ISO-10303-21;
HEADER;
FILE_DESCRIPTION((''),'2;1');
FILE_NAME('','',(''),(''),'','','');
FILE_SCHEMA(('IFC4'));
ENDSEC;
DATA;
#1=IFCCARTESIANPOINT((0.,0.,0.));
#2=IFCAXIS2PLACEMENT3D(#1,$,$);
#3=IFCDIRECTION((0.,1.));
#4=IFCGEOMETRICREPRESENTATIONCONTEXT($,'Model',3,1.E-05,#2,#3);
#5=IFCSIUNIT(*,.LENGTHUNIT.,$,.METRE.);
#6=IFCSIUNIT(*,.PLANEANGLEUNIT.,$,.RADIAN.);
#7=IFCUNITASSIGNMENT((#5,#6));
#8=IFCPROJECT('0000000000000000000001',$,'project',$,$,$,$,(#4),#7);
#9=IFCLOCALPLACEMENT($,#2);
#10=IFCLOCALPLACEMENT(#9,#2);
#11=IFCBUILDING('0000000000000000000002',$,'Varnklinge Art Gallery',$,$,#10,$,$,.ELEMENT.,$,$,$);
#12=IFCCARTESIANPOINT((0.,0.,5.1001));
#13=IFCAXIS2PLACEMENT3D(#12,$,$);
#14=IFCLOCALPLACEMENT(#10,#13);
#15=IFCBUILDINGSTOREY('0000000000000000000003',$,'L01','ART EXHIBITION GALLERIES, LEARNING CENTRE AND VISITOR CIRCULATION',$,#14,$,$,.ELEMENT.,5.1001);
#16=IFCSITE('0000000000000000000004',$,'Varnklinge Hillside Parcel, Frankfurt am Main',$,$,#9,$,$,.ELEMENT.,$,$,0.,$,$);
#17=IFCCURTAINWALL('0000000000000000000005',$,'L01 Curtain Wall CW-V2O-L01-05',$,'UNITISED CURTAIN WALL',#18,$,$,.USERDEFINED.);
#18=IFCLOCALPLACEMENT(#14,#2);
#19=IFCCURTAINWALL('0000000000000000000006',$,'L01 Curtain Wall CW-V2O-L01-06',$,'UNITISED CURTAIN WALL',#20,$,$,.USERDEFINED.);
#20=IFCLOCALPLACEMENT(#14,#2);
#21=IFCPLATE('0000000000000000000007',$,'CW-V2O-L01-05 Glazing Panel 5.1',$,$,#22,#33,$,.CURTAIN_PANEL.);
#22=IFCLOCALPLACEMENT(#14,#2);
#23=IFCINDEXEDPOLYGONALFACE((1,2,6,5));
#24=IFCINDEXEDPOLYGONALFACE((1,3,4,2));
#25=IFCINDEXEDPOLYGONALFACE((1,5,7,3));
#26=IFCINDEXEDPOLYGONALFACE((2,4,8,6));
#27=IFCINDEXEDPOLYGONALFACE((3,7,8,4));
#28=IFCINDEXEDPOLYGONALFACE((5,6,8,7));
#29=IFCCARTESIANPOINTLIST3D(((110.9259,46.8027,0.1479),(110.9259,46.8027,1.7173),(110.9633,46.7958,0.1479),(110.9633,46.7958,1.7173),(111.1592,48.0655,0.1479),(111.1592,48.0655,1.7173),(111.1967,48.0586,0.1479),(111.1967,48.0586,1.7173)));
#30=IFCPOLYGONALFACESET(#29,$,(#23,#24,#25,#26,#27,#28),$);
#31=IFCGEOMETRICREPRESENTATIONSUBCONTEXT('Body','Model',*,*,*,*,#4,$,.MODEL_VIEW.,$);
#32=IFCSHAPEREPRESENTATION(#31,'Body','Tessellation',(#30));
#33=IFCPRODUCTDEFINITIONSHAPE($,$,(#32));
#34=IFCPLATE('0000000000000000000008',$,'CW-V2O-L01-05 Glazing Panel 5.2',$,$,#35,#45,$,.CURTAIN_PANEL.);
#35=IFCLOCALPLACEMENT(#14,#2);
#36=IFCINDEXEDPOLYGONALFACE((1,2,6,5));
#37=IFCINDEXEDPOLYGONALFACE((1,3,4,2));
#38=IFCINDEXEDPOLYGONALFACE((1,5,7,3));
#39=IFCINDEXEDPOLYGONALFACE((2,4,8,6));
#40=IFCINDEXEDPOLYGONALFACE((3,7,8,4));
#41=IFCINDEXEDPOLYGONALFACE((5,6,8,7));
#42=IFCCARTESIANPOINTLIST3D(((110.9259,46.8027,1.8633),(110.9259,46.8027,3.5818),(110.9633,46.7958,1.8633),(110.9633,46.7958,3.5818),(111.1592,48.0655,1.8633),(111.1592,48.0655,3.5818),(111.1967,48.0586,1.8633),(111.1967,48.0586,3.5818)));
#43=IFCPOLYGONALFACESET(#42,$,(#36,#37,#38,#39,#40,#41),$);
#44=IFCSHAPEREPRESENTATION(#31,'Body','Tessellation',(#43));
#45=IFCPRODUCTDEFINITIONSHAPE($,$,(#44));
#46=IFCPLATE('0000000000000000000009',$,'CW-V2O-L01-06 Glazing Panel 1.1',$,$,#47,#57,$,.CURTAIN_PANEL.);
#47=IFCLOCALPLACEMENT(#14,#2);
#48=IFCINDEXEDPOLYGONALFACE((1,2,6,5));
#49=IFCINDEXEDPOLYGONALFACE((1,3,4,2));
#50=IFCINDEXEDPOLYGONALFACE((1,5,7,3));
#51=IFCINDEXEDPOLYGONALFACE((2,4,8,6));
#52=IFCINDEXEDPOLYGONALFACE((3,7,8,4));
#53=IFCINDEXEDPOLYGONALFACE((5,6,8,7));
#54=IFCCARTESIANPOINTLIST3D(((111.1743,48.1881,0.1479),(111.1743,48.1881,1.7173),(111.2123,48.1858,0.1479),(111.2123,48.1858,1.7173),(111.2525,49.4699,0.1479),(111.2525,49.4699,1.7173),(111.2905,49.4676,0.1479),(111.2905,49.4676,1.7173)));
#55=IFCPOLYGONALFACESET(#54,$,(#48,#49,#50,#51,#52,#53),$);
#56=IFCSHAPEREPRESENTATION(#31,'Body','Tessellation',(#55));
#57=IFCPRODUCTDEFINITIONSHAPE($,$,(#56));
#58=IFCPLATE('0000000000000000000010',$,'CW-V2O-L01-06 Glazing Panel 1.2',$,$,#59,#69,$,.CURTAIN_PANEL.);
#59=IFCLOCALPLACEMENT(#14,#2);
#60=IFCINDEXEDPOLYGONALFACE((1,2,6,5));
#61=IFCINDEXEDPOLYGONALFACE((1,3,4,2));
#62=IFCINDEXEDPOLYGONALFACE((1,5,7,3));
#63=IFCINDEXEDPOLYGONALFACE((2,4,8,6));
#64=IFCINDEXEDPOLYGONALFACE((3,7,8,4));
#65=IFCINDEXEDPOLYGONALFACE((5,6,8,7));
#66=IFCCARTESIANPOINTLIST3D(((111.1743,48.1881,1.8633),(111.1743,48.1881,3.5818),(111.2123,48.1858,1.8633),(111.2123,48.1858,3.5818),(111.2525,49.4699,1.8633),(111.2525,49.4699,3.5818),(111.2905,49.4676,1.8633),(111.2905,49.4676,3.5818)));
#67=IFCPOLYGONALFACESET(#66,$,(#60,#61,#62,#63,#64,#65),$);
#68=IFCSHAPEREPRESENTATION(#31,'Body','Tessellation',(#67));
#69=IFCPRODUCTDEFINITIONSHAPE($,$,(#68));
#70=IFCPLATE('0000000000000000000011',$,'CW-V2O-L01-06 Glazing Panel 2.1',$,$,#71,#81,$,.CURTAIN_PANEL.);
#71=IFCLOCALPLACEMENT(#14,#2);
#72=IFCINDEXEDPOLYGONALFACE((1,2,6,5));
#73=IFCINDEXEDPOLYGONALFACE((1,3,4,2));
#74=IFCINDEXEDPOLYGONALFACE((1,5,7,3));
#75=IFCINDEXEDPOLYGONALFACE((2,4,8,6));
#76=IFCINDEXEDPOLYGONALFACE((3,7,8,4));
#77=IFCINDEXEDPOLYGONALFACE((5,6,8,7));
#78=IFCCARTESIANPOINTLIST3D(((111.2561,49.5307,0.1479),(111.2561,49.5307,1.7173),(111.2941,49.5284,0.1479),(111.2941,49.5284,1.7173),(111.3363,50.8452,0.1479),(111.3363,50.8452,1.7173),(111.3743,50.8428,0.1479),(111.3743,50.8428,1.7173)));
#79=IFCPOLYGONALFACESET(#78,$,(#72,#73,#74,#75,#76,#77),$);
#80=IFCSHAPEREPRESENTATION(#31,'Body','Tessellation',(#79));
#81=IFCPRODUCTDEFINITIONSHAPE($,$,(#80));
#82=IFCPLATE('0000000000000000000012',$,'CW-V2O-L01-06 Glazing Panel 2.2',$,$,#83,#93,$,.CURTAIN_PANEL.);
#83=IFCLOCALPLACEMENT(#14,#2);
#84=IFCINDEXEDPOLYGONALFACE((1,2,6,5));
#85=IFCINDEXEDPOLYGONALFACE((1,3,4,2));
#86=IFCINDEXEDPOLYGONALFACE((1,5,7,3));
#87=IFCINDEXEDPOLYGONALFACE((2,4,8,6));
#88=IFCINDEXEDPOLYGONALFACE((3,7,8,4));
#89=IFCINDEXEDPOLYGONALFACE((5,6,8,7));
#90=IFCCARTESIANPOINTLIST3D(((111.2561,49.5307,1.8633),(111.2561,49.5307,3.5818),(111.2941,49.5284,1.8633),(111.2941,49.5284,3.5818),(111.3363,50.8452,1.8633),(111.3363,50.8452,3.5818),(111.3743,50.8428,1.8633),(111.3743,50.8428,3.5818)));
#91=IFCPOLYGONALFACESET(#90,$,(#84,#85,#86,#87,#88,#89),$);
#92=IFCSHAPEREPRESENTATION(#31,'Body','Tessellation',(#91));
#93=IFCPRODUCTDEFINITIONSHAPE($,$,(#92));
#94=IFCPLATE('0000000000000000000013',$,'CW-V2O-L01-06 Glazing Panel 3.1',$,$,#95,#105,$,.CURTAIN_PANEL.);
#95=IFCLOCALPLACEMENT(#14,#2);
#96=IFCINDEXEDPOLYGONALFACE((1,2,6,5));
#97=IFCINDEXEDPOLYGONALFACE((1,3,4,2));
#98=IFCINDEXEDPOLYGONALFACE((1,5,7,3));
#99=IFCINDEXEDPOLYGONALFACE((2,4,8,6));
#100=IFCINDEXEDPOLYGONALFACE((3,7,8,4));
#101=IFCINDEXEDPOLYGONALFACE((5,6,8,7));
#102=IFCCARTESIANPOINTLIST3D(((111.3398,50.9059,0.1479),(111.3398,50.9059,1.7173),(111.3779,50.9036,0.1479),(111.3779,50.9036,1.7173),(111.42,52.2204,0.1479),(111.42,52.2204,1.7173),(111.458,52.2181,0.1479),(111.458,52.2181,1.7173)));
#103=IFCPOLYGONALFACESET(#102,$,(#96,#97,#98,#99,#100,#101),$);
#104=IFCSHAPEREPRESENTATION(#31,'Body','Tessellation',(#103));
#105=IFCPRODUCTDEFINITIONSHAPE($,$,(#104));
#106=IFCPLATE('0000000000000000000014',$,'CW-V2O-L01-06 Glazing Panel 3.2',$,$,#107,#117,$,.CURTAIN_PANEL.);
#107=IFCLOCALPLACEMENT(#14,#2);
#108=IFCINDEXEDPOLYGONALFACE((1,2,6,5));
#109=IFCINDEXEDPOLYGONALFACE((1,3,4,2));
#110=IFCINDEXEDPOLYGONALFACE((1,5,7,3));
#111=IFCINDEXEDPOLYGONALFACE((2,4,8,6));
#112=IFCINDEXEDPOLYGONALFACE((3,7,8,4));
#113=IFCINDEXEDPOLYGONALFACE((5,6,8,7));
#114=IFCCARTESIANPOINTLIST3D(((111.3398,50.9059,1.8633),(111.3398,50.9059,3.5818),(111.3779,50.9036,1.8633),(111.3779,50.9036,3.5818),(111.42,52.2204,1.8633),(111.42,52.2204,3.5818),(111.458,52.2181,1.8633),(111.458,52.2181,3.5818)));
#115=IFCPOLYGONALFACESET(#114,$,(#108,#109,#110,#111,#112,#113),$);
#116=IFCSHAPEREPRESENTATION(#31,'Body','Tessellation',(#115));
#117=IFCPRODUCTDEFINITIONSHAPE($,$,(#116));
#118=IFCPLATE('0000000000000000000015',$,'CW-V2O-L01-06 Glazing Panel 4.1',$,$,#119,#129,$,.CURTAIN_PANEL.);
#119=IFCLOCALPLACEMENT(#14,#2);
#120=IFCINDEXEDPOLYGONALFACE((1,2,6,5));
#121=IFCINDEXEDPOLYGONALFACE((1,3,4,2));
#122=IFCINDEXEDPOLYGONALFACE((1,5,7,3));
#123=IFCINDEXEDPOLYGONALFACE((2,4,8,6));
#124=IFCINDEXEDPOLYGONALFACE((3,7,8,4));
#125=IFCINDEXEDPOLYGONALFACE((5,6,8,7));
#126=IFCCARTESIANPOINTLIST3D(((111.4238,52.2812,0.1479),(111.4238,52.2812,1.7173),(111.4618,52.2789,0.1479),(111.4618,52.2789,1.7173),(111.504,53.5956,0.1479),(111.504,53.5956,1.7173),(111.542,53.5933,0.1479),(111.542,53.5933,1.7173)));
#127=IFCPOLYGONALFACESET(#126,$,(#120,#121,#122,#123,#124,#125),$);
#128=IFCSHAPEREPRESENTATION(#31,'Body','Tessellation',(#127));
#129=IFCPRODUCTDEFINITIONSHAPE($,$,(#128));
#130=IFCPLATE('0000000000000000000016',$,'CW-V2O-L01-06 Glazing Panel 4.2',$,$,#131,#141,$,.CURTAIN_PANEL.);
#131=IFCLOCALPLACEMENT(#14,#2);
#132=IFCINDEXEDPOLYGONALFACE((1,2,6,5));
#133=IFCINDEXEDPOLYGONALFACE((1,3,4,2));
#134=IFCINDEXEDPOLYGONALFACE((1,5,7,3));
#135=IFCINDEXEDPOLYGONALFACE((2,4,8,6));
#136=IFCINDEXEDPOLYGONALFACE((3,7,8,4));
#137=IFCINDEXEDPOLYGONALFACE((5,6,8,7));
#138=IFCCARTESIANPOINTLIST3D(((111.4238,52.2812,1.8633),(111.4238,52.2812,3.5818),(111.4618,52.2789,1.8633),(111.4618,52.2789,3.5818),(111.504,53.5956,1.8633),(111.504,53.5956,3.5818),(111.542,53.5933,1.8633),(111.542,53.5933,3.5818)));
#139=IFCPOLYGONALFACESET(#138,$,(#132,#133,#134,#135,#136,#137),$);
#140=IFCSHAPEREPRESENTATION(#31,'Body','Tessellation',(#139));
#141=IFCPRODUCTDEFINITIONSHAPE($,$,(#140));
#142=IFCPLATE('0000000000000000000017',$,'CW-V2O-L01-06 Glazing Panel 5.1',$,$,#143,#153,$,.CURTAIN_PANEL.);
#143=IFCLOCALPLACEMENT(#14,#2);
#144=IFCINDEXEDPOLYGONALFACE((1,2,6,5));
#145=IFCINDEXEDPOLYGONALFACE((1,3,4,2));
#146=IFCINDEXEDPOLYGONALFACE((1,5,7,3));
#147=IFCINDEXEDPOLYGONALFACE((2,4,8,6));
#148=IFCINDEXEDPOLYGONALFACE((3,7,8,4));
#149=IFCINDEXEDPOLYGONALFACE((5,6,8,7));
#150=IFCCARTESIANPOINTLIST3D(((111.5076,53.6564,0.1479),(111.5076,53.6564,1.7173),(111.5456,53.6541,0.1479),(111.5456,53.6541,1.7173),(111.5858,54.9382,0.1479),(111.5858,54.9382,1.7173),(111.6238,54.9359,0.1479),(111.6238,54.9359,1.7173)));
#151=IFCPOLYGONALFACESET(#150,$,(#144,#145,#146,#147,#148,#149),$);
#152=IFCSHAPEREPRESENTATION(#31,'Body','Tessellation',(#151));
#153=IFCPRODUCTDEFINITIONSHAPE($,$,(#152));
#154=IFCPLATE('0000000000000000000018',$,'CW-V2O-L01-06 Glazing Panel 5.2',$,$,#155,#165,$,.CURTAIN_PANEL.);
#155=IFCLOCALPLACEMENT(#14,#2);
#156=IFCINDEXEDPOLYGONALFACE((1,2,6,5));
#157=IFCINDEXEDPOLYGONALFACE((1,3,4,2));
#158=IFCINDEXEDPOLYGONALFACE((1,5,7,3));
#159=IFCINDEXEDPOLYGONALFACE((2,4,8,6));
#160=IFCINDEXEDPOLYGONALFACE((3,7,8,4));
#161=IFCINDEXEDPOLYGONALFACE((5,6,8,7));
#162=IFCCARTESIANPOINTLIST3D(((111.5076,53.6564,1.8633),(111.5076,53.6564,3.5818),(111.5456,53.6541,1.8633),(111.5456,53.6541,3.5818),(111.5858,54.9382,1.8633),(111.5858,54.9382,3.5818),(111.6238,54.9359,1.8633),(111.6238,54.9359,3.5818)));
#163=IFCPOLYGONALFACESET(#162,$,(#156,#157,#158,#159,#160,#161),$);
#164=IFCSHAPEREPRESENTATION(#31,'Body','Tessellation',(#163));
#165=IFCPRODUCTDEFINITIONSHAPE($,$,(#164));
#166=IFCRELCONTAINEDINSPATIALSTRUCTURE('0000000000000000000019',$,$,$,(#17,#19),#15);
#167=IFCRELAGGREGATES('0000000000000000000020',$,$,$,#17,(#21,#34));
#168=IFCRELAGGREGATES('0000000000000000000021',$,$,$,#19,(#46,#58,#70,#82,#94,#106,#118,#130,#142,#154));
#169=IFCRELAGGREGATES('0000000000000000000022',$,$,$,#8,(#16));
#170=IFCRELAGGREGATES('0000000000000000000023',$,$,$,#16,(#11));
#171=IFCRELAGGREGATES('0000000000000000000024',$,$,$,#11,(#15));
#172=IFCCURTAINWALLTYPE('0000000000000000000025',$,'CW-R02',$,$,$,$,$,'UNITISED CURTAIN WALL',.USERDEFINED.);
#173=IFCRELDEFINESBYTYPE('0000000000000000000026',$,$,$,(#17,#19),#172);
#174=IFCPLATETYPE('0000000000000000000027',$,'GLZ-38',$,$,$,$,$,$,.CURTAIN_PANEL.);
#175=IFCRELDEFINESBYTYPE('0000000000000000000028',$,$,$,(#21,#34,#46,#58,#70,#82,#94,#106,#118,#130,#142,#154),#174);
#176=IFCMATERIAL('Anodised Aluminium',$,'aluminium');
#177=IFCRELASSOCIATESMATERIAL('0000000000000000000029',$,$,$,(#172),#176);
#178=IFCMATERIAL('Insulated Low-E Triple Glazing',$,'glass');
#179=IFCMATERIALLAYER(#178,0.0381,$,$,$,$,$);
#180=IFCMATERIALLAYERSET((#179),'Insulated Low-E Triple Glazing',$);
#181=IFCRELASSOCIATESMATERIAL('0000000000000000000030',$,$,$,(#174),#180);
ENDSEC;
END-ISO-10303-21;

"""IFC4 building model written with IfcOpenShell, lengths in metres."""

from ifc_helpers import new_model, si_unit, direction, frame, origin, origin_2d, place, context, subcontext, project, spatial, rectangle, extrude, material, layer, layer_set, type_object, element, aggregate, save


model = new_model("IFC4")

# Units and contexts
model_context = context("Model", 3, precision=1e-05, world=origin(), true_north=direction((0.0, 1.0)))
body_context = subcontext(model_context, "Body", "Model", "MODEL_VIEW")
ifc_project = project(units=[si_unit("LENGTHUNIT", "METRE"), si_unit("PLANEANGLEUNIT", "RADIAN")], contexts=[model_context])

# Site, building, storey
site_placement = place(None, origin())
site = spatial("IfcSite", under=ifc_project, at=site_placement, Name="Varnklinge Hillside Parcel, Frankfurt am Main", CompositionType="ELEMENT", RefElevation=0.0)
building_placement = place(site_placement, origin())
building = spatial("IfcBuilding", under=site, at=building_placement, Name="Varnklinge Art Gallery", CompositionType="ELEMENT")
storey_placement = place(building_placement, frame((0.0, 0.0, 5.1001)))
storey = spatial("IfcBuildingStorey", under=building, at=storey_placement, Name="L01", Description="ART EXHIBITION GALLERIES, LEARNING CENTRE AND VISITOR CIRCULATION", CompositionType="ELEMENT", Elevation=5.1001)

# Curtain wall
ifc_material_1 = material(Name="Anodised Aluminium", Category="aluminium")
curtain_wall_type = type_object("IfcCurtainWallType", Name="CW-R02", ElementType="UNITISED CURTAIN WALL", PredefinedType="USERDEFINED", material=ifc_material_1)
curtain_wall_1_placement = place(storey_placement, origin())
curtain_wall_1 = element("IfcCurtainWall", 1, at=curtain_wall_1_placement, inside=storey, type_object=curtain_wall_type, Name="L01 Curtain Wall CW-V2O-L01-05", ObjectType="UNITISED CURTAIN WALL", PredefinedType="USERDEFINED")

# Curtain wall
curtain_wall_2_placement = place(storey_placement, origin())
curtain_wall_2 = element("IfcCurtainWall", 2, at=curtain_wall_2_placement, inside=storey, type_object=curtain_wall_type, Name="L01 Curtain Wall CW-V2O-L01-06", ObjectType="UNITISED CURTAIN WALL", PredefinedType="USERDEFINED")

# Plates
ifc_material_2 = material(Name="Insulated Low-E Triple Glazing", Category="glass")
ifc_layer = layer(ifc_material_2, 0.0381)
ifc_layer_set = layer_set([ifc_layer], Name="Insulated Low-E Triple Glazing")
plate_type = type_object("IfcPlateType", Name="GLZ-38", PredefinedType="CURTAIN_PANEL", material=ifc_layer_set)
plate_1_placement = place(storey_placement, frame((111.0613, 47.4307, 0.1479), z_axis=(0.0, 0.0, 1.0), x_axis=(0.181721, 0.98335, 0.0)))
plate_1 = element("IfcPlate", 3, at=plate_1_placement, type_object=plate_type, Name="CW-V2O-L01-05 Glazing Panel 5.1", PredefinedType="CURTAIN_PANEL", context=body_context, shape_type="SweptSolid", body=[
    extrude(rectangle(XDim=1.2842, YDim=0.0381, at=origin_2d()), origin(), (0.0, 0.0, 1.0), 1.5693),
])
plate_2_placement = place(storey_placement, frame((111.0613, 47.4307, 1.8633), z_axis=(0.0, 0.0, 1.0), x_axis=(0.181721, 0.98335, 0.0)))
plate_2 = element("IfcPlate", 4, at=plate_2_placement, type_object=plate_type, Name="CW-V2O-L01-05 Glazing Panel 5.2", PredefinedType="CURTAIN_PANEL", context=body_context, shape_type="SweptSolid", body=[
    extrude(rectangle(XDim=1.2842, YDim=0.0381, at=origin_2d()), origin(), (0.0, 0.0, 1.0), 1.7185),
])
aggregate(curtain_wall_1, [plate_1, plate_2])
plate_3_placement = place(storey_placement, frame((111.2324, 48.8279, 0.1479), z_axis=(0.0, 0.0, 1.0), x_axis=(0.060874, 0.998145, 0.0)))
plate_3 = element("IfcPlate", 5, at=plate_3_placement, type_object=plate_type, Name="CW-V2O-L01-06 Glazing Panel 1.1", PredefinedType="CURTAIN_PANEL", context=body_context, shape_type="SweptSolid", body=[
    extrude(rectangle(XDim=1.2842, YDim=0.0381, at=origin_2d()), origin(), (0.0, 0.0, 1.0), 1.5693),
])
plate_4_placement = place(storey_placement, frame((111.2324, 48.8279, 1.8633), z_axis=(0.0, 0.0, 1.0), x_axis=(0.060874, 0.998145, 0.0)))
plate_4 = element("IfcPlate", 6, at=plate_4_placement, type_object=plate_type, Name="CW-V2O-L01-06 Glazing Panel 1.2", PredefinedType="CURTAIN_PANEL", context=body_context, shape_type="SweptSolid", body=[
    extrude(rectangle(XDim=1.2842, YDim=0.0381, at=origin_2d()), origin(), (0.0, 0.0, 1.0), 1.7185),
])
plate_5_placement = place(storey_placement, frame((111.3152, 50.1868, 0.1479), z_axis=(0.0, 0.0, 1.0), x_axis=(0.060874, 0.998145, 0.0)))
plate_5 = element("IfcPlate", 7, at=plate_5_placement, type_object=plate_type, Name="CW-V2O-L01-06 Glazing Panel 2.1", PredefinedType="CURTAIN_PANEL", context=body_context, shape_type="SweptSolid", body=[
    extrude(rectangle(XDim=1.3169, YDim=0.0381, at=origin_2d()), origin(), (0.0, 0.0, 1.0), 1.5693),
])
plate_6_placement = place(storey_placement, frame((111.3152, 50.1868, 1.8633), z_axis=(0.0, 0.0, 1.0), x_axis=(0.060874, 0.998145, 0.0)))
plate_6 = element("IfcPlate", 8, at=plate_6_placement, type_object=plate_type, Name="CW-V2O-L01-06 Glazing Panel 2.2", PredefinedType="CURTAIN_PANEL", context=body_context, shape_type="SweptSolid", body=[
    extrude(rectangle(XDim=1.3169, YDim=0.0381, at=origin_2d()), origin(), (0.0, 0.0, 1.0), 1.7185),
])
plate_7_placement = place(storey_placement, frame((111.3989, 51.562, 0.1479), z_axis=(0.0, 0.0, 1.0), x_axis=(0.060874, 0.998145, 0.0)))
plate_7 = element("IfcPlate", 9, at=plate_7_placement, type_object=plate_type, Name="CW-V2O-L01-06 Glazing Panel 3.1", PredefinedType="CURTAIN_PANEL", context=body_context, shape_type="SweptSolid", body=[
    extrude(rectangle(XDim=1.3169, YDim=0.0381, at=origin_2d()), origin(), (0.0, 0.0, 1.0), 1.5693),
])
plate_8_placement = place(storey_placement, frame((111.3989, 51.562, 1.8633), z_axis=(0.0, 0.0, 1.0), x_axis=(0.060874, 0.998145, 0.0)))
plate_8 = element("IfcPlate", 10, at=plate_8_placement, type_object=plate_type, Name="CW-V2O-L01-06 Glazing Panel 3.2", PredefinedType="CURTAIN_PANEL", context=body_context, shape_type="SweptSolid", body=[
    extrude(rectangle(XDim=1.3169, YDim=0.0381, at=origin_2d()), origin(), (0.0, 0.0, 1.0), 1.7185),
])
plate_9_placement = place(storey_placement, frame((111.4829, 52.9373, 0.1479), z_axis=(0.0, 0.0, 1.0), x_axis=(0.060874, 0.998145, 0.0)))
plate_9 = element("IfcPlate", 11, at=plate_9_placement, type_object=plate_type, Name="CW-V2O-L01-06 Glazing Panel 4.1", PredefinedType="CURTAIN_PANEL", context=body_context, shape_type="SweptSolid", body=[
    extrude(rectangle(XDim=1.3169, YDim=0.0381, at=origin_2d()), origin(), (0.0, 0.0, 1.0), 1.5693),
])
plate_10_placement = place(storey_placement, frame((111.4829, 52.9373, 1.8633), z_axis=(0.0, 0.0, 1.0), x_axis=(0.060874, 0.998145, 0.0)))
plate_10 = element("IfcPlate", 12, at=plate_10_placement, type_object=plate_type, Name="CW-V2O-L01-06 Glazing Panel 4.2", PredefinedType="CURTAIN_PANEL", context=body_context, shape_type="SweptSolid", body=[
    extrude(rectangle(XDim=1.3169, YDim=0.0381, at=origin_2d()), origin(), (0.0, 0.0, 1.0), 1.7185),
])
plate_11_placement = place(storey_placement, frame((111.5657, 54.2961, 0.1479), z_axis=(0.0, 0.0, 1.0), x_axis=(0.060874, 0.998145, 0.0)))
plate_11 = element("IfcPlate", 13, at=plate_11_placement, type_object=plate_type, Name="CW-V2O-L01-06 Glazing Panel 5.1", PredefinedType="CURTAIN_PANEL", context=body_context, shape_type="SweptSolid", body=[
    extrude(rectangle(XDim=1.2842, YDim=0.0381, at=origin_2d()), origin(), (0.0, 0.0, 1.0), 1.5693),
])
plate_12_placement = place(storey_placement, frame((111.5657, 54.2961, 1.8633), z_axis=(0.0, 0.0, 1.0), x_axis=(0.060874, 0.998145, 0.0)))
plate_12 = element("IfcPlate", 14, at=plate_12_placement, type_object=plate_type, Name="CW-V2O-L01-06 Glazing Panel 5.2", PredefinedType="CURTAIN_PANEL", context=body_context, shape_type="SweptSolid", body=[
    extrude(rectangle(XDim=1.2842, YDim=0.0381, at=origin_2d()), origin(), (0.0, 0.0, 1.0), 1.7185),
])
aggregate(curtain_wall_2, [plate_3, plate_4, plate_5, plate_6, plate_7, plate_8, plate_9, plate_10, plate_11, plate_12])

save(model, "model.ifc")
